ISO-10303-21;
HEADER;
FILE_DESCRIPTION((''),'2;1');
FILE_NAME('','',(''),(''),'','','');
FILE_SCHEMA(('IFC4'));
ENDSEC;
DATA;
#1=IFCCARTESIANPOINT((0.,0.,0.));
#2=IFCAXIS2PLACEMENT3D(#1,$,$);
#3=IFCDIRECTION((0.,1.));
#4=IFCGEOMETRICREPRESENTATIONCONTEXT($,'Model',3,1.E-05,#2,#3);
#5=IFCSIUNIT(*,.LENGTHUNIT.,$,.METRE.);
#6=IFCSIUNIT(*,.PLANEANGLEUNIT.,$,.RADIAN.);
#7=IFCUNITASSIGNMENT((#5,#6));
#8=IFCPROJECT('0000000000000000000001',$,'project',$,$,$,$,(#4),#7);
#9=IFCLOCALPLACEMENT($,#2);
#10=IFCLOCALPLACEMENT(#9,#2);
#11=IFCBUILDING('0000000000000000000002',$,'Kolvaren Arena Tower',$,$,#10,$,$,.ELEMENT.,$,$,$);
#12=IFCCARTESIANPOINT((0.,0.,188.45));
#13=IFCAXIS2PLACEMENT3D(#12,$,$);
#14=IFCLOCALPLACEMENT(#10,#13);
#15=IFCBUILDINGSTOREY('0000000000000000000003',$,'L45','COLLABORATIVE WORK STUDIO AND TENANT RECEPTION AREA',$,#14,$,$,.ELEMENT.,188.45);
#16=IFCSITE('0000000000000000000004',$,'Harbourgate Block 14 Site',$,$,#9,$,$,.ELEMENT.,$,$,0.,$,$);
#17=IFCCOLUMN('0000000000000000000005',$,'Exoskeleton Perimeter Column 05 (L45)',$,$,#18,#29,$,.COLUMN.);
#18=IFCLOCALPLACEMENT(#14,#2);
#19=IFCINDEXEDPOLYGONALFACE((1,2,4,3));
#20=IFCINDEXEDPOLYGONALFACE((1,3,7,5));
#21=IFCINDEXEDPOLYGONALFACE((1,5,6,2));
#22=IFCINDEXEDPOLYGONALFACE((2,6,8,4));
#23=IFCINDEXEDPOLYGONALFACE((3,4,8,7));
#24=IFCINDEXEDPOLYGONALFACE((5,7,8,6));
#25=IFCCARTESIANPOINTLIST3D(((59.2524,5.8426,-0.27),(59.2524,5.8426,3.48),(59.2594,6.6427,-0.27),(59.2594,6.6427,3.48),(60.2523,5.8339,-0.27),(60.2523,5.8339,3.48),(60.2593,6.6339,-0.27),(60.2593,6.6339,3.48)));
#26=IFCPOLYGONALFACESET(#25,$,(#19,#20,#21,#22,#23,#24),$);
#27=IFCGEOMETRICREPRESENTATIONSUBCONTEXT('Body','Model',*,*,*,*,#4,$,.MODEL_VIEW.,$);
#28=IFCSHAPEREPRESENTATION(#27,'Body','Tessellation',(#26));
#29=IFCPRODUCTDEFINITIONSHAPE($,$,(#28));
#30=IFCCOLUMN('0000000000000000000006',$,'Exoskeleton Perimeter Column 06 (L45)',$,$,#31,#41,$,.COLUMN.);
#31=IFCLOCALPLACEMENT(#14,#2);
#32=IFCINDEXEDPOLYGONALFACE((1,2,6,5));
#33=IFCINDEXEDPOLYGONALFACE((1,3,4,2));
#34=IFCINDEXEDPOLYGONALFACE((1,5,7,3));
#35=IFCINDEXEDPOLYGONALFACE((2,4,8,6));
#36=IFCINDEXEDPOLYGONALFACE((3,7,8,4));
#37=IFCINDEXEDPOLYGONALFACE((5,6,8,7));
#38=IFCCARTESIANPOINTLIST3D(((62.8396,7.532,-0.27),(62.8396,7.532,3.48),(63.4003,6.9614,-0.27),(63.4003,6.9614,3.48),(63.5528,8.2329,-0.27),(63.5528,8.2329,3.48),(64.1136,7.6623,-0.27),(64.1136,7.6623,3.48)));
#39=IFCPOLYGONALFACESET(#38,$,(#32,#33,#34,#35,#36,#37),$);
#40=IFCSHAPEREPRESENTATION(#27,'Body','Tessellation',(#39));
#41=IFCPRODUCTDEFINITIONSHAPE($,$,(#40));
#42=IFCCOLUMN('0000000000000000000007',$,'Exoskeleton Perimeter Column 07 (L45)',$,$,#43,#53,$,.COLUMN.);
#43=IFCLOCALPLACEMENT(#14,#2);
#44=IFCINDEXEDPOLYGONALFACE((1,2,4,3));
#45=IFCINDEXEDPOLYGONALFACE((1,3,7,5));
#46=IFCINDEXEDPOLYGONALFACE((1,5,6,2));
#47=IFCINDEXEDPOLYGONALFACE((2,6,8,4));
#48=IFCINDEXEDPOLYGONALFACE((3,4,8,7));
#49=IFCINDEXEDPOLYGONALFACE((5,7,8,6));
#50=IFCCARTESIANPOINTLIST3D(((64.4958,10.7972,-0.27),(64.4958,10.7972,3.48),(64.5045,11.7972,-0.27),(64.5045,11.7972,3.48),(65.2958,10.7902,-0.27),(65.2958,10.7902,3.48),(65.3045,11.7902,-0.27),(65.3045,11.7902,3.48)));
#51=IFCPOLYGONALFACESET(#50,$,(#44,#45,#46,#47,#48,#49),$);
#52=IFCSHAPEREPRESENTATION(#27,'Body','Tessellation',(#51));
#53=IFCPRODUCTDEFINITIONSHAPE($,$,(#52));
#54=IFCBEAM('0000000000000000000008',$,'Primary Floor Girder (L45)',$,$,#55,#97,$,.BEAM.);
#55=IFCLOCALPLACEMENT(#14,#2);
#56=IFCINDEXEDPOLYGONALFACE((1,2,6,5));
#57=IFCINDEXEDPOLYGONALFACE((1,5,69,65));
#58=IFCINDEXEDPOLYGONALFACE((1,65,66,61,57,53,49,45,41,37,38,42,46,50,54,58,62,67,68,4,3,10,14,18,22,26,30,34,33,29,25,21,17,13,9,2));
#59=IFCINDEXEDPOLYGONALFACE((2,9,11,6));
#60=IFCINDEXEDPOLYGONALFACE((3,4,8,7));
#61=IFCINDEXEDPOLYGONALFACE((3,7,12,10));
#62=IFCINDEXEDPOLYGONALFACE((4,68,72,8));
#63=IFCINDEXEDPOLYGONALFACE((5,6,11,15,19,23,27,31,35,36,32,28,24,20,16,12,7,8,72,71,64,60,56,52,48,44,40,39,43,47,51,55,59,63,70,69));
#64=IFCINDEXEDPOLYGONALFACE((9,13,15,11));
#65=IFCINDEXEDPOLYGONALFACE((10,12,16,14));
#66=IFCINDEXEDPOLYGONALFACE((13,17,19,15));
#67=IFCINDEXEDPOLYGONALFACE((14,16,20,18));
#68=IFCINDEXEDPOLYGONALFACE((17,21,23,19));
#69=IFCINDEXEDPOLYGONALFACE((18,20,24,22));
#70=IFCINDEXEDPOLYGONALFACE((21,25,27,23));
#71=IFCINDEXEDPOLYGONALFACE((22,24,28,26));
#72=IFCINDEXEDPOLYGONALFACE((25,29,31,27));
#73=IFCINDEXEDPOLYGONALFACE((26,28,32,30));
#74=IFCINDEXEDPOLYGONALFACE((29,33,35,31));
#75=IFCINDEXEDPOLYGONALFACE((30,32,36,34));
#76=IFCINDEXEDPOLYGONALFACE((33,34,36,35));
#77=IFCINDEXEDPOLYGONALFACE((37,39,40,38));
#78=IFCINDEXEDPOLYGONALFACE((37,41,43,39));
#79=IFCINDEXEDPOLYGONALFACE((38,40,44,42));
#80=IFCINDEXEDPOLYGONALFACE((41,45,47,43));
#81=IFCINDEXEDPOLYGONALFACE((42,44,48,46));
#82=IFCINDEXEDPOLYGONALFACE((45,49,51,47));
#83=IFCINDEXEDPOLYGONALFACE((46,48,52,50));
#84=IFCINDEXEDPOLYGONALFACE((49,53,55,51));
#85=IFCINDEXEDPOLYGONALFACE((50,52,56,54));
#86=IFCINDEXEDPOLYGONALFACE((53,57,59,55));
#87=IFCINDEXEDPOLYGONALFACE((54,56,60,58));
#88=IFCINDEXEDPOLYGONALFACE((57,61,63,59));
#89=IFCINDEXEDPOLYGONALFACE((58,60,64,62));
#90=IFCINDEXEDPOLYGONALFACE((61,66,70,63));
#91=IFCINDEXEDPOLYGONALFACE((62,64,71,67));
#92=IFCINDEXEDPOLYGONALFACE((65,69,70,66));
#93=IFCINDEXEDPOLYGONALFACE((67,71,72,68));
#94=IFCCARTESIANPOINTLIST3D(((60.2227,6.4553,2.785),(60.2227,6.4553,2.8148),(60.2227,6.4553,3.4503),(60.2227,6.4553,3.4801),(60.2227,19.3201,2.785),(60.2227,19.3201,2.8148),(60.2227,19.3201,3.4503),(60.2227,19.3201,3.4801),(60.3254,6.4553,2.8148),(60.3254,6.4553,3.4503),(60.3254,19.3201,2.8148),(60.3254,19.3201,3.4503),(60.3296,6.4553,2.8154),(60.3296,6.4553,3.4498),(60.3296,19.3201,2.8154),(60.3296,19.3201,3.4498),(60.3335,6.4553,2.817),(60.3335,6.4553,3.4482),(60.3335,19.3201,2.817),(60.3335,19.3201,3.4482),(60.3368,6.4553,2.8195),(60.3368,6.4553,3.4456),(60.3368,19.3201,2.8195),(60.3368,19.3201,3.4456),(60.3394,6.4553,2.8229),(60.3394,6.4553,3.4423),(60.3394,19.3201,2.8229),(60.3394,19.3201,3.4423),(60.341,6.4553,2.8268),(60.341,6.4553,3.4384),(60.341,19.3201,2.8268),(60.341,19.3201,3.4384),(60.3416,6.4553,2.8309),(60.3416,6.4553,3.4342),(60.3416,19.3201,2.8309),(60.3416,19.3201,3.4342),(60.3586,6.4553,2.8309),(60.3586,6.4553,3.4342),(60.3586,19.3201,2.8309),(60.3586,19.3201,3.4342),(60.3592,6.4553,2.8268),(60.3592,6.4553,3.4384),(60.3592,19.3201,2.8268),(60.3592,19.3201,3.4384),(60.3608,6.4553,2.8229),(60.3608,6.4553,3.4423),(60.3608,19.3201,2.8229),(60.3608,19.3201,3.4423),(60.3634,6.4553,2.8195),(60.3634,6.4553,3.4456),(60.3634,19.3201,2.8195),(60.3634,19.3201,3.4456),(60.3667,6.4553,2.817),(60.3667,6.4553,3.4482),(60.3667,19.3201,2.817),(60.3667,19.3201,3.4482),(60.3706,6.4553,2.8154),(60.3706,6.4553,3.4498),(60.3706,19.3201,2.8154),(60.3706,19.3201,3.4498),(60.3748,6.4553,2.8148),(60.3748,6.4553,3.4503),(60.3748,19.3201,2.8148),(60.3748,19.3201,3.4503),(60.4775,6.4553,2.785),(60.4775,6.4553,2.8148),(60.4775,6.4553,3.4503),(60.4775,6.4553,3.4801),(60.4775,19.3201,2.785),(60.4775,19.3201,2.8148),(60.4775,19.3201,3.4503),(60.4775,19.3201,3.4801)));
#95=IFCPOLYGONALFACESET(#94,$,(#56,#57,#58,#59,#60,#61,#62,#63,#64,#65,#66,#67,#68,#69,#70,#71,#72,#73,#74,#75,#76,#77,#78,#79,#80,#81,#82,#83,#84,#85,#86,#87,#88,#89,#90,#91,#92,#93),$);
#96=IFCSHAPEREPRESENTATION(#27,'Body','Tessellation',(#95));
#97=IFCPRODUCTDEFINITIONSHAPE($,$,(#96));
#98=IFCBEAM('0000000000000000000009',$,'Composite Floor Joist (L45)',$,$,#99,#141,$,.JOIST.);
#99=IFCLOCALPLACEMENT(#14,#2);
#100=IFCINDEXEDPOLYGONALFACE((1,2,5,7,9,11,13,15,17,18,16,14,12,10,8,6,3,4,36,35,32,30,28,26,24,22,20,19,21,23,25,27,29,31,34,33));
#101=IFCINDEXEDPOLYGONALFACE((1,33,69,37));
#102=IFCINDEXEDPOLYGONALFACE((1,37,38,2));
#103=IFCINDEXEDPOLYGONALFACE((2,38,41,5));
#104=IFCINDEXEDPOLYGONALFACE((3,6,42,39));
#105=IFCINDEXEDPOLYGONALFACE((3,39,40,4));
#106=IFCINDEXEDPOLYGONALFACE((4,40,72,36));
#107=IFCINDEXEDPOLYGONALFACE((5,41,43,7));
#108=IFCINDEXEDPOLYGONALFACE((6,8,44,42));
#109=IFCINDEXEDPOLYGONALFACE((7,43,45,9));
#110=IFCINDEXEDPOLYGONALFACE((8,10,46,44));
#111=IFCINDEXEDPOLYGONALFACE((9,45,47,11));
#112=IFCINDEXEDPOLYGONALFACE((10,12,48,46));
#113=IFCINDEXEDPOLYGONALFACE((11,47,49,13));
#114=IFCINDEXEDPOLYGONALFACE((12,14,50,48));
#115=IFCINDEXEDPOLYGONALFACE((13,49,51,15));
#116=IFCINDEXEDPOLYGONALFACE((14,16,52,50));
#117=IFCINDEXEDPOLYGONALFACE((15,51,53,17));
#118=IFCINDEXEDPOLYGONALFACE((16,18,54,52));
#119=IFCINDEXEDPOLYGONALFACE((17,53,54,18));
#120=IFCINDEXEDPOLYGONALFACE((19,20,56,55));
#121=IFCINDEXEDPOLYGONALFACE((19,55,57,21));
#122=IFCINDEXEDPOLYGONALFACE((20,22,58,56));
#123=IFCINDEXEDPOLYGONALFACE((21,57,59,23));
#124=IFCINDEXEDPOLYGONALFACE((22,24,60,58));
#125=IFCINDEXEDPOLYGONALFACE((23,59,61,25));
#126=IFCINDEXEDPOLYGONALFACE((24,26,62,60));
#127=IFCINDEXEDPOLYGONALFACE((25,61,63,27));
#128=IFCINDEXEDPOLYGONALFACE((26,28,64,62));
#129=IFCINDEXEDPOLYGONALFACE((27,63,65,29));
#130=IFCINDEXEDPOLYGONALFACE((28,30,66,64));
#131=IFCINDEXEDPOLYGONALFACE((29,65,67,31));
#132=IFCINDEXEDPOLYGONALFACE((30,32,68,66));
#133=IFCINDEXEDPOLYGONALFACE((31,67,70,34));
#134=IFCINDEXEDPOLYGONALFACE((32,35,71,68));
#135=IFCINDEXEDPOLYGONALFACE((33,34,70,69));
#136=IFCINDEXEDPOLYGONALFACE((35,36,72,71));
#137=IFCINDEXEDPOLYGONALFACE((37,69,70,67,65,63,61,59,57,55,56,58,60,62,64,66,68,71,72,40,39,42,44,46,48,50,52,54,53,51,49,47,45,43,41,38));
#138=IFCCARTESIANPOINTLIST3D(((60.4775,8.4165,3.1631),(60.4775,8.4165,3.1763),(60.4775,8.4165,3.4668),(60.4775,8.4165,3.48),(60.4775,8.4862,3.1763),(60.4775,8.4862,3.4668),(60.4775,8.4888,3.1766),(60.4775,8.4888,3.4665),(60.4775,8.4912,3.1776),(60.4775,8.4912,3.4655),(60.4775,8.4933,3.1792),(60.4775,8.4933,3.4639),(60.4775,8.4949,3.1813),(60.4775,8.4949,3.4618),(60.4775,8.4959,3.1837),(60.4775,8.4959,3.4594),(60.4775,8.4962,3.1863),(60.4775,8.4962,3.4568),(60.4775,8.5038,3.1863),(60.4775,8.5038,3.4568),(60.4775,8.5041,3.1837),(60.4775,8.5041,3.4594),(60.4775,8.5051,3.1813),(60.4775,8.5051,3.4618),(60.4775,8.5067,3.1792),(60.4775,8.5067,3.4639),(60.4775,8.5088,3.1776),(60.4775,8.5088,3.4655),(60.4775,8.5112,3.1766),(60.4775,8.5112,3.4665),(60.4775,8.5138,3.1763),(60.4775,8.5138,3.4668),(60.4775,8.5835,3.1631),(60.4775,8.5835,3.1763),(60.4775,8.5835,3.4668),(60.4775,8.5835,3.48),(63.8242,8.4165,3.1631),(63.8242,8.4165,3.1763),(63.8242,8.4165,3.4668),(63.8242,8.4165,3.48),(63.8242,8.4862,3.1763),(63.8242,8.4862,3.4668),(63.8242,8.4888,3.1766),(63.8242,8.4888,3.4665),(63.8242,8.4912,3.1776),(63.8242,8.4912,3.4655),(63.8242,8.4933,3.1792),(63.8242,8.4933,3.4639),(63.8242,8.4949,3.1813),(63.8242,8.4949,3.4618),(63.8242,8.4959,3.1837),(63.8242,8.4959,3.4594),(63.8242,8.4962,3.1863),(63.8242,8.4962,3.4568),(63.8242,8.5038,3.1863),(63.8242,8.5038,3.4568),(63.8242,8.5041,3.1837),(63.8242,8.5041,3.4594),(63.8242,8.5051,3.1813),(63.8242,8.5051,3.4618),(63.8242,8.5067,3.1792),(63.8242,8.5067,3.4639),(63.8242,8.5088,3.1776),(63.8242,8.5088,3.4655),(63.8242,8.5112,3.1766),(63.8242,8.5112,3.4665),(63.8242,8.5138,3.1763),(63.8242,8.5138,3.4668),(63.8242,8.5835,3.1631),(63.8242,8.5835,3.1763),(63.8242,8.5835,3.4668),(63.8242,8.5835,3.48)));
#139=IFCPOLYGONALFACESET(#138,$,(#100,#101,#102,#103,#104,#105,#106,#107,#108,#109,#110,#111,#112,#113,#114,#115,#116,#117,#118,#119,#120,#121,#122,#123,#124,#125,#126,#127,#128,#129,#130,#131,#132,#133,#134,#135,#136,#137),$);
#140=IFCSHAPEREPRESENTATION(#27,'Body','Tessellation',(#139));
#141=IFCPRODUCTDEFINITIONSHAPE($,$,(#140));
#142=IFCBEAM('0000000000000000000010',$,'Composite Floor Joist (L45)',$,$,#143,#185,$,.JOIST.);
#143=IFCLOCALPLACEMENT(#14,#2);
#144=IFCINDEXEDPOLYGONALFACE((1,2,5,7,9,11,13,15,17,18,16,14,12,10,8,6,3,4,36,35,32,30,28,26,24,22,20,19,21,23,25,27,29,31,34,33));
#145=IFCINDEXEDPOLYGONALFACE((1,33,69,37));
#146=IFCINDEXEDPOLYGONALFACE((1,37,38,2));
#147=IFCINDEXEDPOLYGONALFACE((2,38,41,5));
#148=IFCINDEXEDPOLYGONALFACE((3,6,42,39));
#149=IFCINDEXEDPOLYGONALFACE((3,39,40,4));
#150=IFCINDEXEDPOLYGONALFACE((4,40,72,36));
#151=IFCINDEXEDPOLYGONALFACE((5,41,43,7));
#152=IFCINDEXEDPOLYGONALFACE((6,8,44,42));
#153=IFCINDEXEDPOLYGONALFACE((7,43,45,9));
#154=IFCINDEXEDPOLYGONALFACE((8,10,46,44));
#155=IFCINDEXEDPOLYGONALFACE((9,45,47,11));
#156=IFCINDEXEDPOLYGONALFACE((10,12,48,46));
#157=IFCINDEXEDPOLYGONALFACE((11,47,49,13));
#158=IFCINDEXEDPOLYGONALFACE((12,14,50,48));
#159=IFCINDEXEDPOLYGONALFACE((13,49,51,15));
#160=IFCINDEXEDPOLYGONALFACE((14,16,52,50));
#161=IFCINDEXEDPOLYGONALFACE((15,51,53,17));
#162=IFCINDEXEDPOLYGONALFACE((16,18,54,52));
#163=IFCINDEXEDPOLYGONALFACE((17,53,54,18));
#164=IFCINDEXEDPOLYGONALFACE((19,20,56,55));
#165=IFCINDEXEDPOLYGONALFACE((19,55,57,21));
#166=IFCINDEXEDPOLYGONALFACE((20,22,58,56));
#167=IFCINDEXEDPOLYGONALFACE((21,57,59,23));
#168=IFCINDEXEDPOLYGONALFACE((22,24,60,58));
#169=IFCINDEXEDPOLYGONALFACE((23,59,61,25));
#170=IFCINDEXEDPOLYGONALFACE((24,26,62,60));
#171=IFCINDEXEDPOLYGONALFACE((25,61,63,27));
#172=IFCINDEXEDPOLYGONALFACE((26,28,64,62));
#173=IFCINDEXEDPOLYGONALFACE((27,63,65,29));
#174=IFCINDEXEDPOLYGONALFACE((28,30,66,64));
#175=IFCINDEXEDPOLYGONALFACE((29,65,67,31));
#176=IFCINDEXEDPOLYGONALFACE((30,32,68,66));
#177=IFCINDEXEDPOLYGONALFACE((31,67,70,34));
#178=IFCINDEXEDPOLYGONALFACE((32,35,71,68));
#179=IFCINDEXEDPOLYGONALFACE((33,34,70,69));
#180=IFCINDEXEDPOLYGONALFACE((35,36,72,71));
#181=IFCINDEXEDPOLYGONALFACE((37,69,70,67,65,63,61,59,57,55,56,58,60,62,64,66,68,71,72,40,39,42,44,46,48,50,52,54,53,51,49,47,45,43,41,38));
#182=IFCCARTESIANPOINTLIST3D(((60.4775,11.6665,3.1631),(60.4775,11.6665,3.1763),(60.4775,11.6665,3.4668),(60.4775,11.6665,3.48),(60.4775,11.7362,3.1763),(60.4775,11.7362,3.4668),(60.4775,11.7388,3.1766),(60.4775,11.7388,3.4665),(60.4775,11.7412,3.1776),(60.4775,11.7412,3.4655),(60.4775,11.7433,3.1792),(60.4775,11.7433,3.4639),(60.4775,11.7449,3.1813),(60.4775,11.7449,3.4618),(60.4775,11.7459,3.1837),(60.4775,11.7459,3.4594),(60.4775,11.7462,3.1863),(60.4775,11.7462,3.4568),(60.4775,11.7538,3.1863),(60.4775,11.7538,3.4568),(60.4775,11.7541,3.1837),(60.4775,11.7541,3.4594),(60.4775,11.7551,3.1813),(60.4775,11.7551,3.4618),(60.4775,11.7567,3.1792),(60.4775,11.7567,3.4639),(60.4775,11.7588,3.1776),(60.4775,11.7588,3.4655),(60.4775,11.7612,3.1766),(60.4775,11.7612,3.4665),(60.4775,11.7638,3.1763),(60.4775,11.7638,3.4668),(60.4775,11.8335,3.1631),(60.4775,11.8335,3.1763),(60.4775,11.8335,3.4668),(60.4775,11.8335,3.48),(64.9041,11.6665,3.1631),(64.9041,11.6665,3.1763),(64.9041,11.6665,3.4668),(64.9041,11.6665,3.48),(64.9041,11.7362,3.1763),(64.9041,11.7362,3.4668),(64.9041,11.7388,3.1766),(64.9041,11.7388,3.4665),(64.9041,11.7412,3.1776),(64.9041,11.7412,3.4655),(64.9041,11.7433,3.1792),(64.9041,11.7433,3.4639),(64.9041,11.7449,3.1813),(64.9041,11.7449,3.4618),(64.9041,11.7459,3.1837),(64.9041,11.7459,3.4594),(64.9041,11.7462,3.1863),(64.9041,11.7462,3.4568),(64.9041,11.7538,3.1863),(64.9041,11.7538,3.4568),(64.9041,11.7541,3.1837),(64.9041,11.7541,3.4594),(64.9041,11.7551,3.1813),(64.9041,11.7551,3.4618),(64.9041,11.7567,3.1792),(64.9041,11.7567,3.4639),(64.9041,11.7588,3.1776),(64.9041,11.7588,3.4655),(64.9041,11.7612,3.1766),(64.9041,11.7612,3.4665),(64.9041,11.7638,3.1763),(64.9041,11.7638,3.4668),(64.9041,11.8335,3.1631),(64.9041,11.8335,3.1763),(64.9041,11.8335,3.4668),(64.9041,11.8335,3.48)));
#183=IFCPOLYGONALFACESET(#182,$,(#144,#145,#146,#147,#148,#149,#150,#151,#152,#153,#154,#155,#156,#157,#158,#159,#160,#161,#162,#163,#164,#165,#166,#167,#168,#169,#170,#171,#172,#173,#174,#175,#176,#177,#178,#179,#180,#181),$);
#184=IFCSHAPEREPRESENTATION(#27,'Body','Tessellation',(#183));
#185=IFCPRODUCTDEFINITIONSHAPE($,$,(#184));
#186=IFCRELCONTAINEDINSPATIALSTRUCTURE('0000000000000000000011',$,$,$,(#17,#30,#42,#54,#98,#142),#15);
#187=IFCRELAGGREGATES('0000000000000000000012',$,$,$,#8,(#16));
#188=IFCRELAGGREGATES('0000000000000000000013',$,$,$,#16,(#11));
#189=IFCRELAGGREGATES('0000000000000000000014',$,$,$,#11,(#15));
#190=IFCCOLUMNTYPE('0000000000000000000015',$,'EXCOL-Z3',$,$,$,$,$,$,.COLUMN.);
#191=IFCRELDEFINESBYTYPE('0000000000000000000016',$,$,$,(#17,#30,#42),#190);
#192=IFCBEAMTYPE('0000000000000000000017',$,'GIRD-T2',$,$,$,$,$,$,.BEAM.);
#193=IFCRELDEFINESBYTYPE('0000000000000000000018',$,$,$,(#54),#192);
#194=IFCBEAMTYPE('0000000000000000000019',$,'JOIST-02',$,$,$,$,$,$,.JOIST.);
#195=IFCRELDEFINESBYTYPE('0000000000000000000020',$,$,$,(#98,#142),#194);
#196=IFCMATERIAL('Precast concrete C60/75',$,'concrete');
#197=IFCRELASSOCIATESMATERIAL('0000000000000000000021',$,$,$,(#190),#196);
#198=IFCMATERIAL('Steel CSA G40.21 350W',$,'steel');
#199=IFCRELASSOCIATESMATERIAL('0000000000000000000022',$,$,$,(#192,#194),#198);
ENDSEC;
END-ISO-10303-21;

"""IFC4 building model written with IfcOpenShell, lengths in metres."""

from ifc_helpers import new_model, si_unit, direction, frame, origin, origin_2d, place, context, subcontext, project, spatial, rectangle, i_section, extrude, material, material_profile, profile_set, type_object, element, save


model = new_model("IFC4")

# Units and contexts
model_context = context("Model", 3, precision=1e-05, world=origin(), true_north=direction((0.0, 1.0)))
body_context = subcontext(model_context, "Body", "Model", "MODEL_VIEW")
ifc_project = project(units=[si_unit("LENGTHUNIT", "METRE"), si_unit("PLANEANGLEUNIT", "RADIAN")], contexts=[model_context])

# Site, building, storey
site_placement = place(None, origin())
site = spatial("IfcSite", under=ifc_project, at=site_placement, Name="Harbourgate Block 14 Site", CompositionType="ELEMENT", RefElevation=0.0)
building_placement = place(site_placement, origin())
building = spatial("IfcBuilding", under=site, at=building_placement, Name="Kolvaren Arena Tower", CompositionType="ELEMENT")
storey_placement = place(building_placement, frame((0.0, 0.0, 188.45)))
storey = spatial("IfcBuildingStorey", under=building, at=storey_placement, Name="L45", Description="COLLABORATIVE WORK STUDIO AND TENANT RECEPTION AREA", CompositionType="ELEMENT", Elevation=188.45)

# Columns
ifc_material_1 = material(Name="Precast concrete C60/75", Category="concrete")
ifc_material_profile_1 = material_profile(ifc_material_1, rectangle(XDim=1.0, YDim=0.8, at=origin_2d()), Name="RC-1000x800")
ifc_profile_set_1 = profile_set([ifc_material_profile_1], Name="Precast concrete C60/75")
column_type = type_object("IfcColumnType", Name="EXCOL-Z3", PredefinedType="COLUMN", material=ifc_profile_set_1)
for number, where, z_axis, x_axis, name in (
    (1, (59.7559, 6.2383, -0.27), (0.0, 0.0, 1.0), (0.999962, -0.008727, 0.0), "Exoskeleton Perimeter Column 05 (L45)"),
    (2, (63.4766, 7.5972, -0.27), (0.0, 0.0, 1.0), (0.71325, 0.700909, 0.0), "Exoskeleton Perimeter Column 06 (L45)"),
    (3, (64.9001, 11.2937, -0.27), (0.0, 0.0, 1.0), (0.008727, 0.999962, 0.0), "Exoskeleton Perimeter Column 07 (L45)"),
):
    element("IfcColumn", number, at=place(storey_placement, frame(where, z_axis=z_axis, x_axis=x_axis)), inside=storey, type_object=column_type, Name=name, PredefinedType="COLUMN", context=body_context, shape_type="SweptSolid", body=[
        extrude(rectangle(XDim=1.0, YDim=0.8, at=origin_2d()), origin(), (0.0, 0.0, 1.0), 3.75),
    ])

# Beams
ifc_material_2 = material(Name="Steel CSA G40.21 350W", Category="steel")
ifc_material_profile_2 = material_profile(ifc_material_2, i_section(OverallWidth=0.2549, OverallDepth=0.6951, WebThickness=0.0171, FlangeThickness=0.0298, FilletRadius=0.0161, at=origin_2d()), Name="W690x217")
ifc_profile_set_2 = profile_set([ifc_material_profile_2], Name="Steel CSA G40.21 350W")
beam_type_1 = type_object("IfcBeamType", Name="GIRD-T2", PredefinedType="BEAM", material=ifc_profile_set_2)
beam_1_placement = place(storey_placement, frame((60.3501, 6.4553, 3.1326), z_axis=(0.0, 1.0, 0.0), x_axis=(-1.0, 0.0, 0.0)))
element("IfcBeam", 4, at=beam_1_placement, inside=storey, type_object=beam_type_1, Name="Primary Floor Girder (L45)", PredefinedType="BEAM", context=body_context, shape_type="SweptSolid", body=[
    extrude(i_section(OverallWidth=0.2549, OverallDepth=0.6951, WebThickness=0.0171, FlangeThickness=0.0298, FilletRadius=0.0161, at=origin_2d()), origin(), (0.0, 0.0, 1.0), 12.8647),
])
ifc_material_profile_3 = material_profile(ifc_material_2, i_section(OverallWidth=0.167, OverallDepth=0.3169, WebThickness=0.0076, FlangeThickness=0.0132, FilletRadius=0.01, at=origin_2d()), Name="W310x52")
ifc_profile_set_3 = profile_set([ifc_material_profile_3], Name="Steel CSA G40.21 350W")
beam_type_2 = type_object("IfcBeamType", Name="JOIST-02", PredefinedType="JOIST", material=ifc_profile_set_3)
beam_2_placement = place(storey_placement, frame((60.4775, 8.5, 3.3215), z_axis=(1.0, 0.0, 0.0), x_axis=(0.0, 1.0, 0.0)))
element("IfcBeam", 5, at=beam_2_placement, inside=storey, type_object=beam_type_2, Name="Composite Floor Joist (L45)", PredefinedType="JOIST", context=body_context, shape_type="SweptSolid", body=[
    extrude(i_section(OverallWidth=0.167, OverallDepth=0.3169, WebThickness=0.0076, FlangeThickness=0.0132, FilletRadius=0.01, at=origin_2d()), origin(), (0.0, 0.0, 1.0), 3.3467),
])
beam_3_placement = place(storey_placement, frame((60.4775, 11.75, 3.3215), z_axis=(1.0, 0.0, 0.0), x_axis=(0.0, 1.0, 0.0)))
element("IfcBeam", 6, at=beam_3_placement, inside=storey, type_object=beam_type_2, Name="Composite Floor Joist (L45)", PredefinedType="JOIST", context=body_context, shape_type="SweptSolid", body=[
    extrude(i_section(OverallWidth=0.167, OverallDepth=0.3169, WebThickness=0.0076, FlangeThickness=0.0132, FilletRadius=0.01, at=origin_2d()), origin(), (0.0, 0.0, 1.0), 4.4265),
])

save(model, "model.ifc")
